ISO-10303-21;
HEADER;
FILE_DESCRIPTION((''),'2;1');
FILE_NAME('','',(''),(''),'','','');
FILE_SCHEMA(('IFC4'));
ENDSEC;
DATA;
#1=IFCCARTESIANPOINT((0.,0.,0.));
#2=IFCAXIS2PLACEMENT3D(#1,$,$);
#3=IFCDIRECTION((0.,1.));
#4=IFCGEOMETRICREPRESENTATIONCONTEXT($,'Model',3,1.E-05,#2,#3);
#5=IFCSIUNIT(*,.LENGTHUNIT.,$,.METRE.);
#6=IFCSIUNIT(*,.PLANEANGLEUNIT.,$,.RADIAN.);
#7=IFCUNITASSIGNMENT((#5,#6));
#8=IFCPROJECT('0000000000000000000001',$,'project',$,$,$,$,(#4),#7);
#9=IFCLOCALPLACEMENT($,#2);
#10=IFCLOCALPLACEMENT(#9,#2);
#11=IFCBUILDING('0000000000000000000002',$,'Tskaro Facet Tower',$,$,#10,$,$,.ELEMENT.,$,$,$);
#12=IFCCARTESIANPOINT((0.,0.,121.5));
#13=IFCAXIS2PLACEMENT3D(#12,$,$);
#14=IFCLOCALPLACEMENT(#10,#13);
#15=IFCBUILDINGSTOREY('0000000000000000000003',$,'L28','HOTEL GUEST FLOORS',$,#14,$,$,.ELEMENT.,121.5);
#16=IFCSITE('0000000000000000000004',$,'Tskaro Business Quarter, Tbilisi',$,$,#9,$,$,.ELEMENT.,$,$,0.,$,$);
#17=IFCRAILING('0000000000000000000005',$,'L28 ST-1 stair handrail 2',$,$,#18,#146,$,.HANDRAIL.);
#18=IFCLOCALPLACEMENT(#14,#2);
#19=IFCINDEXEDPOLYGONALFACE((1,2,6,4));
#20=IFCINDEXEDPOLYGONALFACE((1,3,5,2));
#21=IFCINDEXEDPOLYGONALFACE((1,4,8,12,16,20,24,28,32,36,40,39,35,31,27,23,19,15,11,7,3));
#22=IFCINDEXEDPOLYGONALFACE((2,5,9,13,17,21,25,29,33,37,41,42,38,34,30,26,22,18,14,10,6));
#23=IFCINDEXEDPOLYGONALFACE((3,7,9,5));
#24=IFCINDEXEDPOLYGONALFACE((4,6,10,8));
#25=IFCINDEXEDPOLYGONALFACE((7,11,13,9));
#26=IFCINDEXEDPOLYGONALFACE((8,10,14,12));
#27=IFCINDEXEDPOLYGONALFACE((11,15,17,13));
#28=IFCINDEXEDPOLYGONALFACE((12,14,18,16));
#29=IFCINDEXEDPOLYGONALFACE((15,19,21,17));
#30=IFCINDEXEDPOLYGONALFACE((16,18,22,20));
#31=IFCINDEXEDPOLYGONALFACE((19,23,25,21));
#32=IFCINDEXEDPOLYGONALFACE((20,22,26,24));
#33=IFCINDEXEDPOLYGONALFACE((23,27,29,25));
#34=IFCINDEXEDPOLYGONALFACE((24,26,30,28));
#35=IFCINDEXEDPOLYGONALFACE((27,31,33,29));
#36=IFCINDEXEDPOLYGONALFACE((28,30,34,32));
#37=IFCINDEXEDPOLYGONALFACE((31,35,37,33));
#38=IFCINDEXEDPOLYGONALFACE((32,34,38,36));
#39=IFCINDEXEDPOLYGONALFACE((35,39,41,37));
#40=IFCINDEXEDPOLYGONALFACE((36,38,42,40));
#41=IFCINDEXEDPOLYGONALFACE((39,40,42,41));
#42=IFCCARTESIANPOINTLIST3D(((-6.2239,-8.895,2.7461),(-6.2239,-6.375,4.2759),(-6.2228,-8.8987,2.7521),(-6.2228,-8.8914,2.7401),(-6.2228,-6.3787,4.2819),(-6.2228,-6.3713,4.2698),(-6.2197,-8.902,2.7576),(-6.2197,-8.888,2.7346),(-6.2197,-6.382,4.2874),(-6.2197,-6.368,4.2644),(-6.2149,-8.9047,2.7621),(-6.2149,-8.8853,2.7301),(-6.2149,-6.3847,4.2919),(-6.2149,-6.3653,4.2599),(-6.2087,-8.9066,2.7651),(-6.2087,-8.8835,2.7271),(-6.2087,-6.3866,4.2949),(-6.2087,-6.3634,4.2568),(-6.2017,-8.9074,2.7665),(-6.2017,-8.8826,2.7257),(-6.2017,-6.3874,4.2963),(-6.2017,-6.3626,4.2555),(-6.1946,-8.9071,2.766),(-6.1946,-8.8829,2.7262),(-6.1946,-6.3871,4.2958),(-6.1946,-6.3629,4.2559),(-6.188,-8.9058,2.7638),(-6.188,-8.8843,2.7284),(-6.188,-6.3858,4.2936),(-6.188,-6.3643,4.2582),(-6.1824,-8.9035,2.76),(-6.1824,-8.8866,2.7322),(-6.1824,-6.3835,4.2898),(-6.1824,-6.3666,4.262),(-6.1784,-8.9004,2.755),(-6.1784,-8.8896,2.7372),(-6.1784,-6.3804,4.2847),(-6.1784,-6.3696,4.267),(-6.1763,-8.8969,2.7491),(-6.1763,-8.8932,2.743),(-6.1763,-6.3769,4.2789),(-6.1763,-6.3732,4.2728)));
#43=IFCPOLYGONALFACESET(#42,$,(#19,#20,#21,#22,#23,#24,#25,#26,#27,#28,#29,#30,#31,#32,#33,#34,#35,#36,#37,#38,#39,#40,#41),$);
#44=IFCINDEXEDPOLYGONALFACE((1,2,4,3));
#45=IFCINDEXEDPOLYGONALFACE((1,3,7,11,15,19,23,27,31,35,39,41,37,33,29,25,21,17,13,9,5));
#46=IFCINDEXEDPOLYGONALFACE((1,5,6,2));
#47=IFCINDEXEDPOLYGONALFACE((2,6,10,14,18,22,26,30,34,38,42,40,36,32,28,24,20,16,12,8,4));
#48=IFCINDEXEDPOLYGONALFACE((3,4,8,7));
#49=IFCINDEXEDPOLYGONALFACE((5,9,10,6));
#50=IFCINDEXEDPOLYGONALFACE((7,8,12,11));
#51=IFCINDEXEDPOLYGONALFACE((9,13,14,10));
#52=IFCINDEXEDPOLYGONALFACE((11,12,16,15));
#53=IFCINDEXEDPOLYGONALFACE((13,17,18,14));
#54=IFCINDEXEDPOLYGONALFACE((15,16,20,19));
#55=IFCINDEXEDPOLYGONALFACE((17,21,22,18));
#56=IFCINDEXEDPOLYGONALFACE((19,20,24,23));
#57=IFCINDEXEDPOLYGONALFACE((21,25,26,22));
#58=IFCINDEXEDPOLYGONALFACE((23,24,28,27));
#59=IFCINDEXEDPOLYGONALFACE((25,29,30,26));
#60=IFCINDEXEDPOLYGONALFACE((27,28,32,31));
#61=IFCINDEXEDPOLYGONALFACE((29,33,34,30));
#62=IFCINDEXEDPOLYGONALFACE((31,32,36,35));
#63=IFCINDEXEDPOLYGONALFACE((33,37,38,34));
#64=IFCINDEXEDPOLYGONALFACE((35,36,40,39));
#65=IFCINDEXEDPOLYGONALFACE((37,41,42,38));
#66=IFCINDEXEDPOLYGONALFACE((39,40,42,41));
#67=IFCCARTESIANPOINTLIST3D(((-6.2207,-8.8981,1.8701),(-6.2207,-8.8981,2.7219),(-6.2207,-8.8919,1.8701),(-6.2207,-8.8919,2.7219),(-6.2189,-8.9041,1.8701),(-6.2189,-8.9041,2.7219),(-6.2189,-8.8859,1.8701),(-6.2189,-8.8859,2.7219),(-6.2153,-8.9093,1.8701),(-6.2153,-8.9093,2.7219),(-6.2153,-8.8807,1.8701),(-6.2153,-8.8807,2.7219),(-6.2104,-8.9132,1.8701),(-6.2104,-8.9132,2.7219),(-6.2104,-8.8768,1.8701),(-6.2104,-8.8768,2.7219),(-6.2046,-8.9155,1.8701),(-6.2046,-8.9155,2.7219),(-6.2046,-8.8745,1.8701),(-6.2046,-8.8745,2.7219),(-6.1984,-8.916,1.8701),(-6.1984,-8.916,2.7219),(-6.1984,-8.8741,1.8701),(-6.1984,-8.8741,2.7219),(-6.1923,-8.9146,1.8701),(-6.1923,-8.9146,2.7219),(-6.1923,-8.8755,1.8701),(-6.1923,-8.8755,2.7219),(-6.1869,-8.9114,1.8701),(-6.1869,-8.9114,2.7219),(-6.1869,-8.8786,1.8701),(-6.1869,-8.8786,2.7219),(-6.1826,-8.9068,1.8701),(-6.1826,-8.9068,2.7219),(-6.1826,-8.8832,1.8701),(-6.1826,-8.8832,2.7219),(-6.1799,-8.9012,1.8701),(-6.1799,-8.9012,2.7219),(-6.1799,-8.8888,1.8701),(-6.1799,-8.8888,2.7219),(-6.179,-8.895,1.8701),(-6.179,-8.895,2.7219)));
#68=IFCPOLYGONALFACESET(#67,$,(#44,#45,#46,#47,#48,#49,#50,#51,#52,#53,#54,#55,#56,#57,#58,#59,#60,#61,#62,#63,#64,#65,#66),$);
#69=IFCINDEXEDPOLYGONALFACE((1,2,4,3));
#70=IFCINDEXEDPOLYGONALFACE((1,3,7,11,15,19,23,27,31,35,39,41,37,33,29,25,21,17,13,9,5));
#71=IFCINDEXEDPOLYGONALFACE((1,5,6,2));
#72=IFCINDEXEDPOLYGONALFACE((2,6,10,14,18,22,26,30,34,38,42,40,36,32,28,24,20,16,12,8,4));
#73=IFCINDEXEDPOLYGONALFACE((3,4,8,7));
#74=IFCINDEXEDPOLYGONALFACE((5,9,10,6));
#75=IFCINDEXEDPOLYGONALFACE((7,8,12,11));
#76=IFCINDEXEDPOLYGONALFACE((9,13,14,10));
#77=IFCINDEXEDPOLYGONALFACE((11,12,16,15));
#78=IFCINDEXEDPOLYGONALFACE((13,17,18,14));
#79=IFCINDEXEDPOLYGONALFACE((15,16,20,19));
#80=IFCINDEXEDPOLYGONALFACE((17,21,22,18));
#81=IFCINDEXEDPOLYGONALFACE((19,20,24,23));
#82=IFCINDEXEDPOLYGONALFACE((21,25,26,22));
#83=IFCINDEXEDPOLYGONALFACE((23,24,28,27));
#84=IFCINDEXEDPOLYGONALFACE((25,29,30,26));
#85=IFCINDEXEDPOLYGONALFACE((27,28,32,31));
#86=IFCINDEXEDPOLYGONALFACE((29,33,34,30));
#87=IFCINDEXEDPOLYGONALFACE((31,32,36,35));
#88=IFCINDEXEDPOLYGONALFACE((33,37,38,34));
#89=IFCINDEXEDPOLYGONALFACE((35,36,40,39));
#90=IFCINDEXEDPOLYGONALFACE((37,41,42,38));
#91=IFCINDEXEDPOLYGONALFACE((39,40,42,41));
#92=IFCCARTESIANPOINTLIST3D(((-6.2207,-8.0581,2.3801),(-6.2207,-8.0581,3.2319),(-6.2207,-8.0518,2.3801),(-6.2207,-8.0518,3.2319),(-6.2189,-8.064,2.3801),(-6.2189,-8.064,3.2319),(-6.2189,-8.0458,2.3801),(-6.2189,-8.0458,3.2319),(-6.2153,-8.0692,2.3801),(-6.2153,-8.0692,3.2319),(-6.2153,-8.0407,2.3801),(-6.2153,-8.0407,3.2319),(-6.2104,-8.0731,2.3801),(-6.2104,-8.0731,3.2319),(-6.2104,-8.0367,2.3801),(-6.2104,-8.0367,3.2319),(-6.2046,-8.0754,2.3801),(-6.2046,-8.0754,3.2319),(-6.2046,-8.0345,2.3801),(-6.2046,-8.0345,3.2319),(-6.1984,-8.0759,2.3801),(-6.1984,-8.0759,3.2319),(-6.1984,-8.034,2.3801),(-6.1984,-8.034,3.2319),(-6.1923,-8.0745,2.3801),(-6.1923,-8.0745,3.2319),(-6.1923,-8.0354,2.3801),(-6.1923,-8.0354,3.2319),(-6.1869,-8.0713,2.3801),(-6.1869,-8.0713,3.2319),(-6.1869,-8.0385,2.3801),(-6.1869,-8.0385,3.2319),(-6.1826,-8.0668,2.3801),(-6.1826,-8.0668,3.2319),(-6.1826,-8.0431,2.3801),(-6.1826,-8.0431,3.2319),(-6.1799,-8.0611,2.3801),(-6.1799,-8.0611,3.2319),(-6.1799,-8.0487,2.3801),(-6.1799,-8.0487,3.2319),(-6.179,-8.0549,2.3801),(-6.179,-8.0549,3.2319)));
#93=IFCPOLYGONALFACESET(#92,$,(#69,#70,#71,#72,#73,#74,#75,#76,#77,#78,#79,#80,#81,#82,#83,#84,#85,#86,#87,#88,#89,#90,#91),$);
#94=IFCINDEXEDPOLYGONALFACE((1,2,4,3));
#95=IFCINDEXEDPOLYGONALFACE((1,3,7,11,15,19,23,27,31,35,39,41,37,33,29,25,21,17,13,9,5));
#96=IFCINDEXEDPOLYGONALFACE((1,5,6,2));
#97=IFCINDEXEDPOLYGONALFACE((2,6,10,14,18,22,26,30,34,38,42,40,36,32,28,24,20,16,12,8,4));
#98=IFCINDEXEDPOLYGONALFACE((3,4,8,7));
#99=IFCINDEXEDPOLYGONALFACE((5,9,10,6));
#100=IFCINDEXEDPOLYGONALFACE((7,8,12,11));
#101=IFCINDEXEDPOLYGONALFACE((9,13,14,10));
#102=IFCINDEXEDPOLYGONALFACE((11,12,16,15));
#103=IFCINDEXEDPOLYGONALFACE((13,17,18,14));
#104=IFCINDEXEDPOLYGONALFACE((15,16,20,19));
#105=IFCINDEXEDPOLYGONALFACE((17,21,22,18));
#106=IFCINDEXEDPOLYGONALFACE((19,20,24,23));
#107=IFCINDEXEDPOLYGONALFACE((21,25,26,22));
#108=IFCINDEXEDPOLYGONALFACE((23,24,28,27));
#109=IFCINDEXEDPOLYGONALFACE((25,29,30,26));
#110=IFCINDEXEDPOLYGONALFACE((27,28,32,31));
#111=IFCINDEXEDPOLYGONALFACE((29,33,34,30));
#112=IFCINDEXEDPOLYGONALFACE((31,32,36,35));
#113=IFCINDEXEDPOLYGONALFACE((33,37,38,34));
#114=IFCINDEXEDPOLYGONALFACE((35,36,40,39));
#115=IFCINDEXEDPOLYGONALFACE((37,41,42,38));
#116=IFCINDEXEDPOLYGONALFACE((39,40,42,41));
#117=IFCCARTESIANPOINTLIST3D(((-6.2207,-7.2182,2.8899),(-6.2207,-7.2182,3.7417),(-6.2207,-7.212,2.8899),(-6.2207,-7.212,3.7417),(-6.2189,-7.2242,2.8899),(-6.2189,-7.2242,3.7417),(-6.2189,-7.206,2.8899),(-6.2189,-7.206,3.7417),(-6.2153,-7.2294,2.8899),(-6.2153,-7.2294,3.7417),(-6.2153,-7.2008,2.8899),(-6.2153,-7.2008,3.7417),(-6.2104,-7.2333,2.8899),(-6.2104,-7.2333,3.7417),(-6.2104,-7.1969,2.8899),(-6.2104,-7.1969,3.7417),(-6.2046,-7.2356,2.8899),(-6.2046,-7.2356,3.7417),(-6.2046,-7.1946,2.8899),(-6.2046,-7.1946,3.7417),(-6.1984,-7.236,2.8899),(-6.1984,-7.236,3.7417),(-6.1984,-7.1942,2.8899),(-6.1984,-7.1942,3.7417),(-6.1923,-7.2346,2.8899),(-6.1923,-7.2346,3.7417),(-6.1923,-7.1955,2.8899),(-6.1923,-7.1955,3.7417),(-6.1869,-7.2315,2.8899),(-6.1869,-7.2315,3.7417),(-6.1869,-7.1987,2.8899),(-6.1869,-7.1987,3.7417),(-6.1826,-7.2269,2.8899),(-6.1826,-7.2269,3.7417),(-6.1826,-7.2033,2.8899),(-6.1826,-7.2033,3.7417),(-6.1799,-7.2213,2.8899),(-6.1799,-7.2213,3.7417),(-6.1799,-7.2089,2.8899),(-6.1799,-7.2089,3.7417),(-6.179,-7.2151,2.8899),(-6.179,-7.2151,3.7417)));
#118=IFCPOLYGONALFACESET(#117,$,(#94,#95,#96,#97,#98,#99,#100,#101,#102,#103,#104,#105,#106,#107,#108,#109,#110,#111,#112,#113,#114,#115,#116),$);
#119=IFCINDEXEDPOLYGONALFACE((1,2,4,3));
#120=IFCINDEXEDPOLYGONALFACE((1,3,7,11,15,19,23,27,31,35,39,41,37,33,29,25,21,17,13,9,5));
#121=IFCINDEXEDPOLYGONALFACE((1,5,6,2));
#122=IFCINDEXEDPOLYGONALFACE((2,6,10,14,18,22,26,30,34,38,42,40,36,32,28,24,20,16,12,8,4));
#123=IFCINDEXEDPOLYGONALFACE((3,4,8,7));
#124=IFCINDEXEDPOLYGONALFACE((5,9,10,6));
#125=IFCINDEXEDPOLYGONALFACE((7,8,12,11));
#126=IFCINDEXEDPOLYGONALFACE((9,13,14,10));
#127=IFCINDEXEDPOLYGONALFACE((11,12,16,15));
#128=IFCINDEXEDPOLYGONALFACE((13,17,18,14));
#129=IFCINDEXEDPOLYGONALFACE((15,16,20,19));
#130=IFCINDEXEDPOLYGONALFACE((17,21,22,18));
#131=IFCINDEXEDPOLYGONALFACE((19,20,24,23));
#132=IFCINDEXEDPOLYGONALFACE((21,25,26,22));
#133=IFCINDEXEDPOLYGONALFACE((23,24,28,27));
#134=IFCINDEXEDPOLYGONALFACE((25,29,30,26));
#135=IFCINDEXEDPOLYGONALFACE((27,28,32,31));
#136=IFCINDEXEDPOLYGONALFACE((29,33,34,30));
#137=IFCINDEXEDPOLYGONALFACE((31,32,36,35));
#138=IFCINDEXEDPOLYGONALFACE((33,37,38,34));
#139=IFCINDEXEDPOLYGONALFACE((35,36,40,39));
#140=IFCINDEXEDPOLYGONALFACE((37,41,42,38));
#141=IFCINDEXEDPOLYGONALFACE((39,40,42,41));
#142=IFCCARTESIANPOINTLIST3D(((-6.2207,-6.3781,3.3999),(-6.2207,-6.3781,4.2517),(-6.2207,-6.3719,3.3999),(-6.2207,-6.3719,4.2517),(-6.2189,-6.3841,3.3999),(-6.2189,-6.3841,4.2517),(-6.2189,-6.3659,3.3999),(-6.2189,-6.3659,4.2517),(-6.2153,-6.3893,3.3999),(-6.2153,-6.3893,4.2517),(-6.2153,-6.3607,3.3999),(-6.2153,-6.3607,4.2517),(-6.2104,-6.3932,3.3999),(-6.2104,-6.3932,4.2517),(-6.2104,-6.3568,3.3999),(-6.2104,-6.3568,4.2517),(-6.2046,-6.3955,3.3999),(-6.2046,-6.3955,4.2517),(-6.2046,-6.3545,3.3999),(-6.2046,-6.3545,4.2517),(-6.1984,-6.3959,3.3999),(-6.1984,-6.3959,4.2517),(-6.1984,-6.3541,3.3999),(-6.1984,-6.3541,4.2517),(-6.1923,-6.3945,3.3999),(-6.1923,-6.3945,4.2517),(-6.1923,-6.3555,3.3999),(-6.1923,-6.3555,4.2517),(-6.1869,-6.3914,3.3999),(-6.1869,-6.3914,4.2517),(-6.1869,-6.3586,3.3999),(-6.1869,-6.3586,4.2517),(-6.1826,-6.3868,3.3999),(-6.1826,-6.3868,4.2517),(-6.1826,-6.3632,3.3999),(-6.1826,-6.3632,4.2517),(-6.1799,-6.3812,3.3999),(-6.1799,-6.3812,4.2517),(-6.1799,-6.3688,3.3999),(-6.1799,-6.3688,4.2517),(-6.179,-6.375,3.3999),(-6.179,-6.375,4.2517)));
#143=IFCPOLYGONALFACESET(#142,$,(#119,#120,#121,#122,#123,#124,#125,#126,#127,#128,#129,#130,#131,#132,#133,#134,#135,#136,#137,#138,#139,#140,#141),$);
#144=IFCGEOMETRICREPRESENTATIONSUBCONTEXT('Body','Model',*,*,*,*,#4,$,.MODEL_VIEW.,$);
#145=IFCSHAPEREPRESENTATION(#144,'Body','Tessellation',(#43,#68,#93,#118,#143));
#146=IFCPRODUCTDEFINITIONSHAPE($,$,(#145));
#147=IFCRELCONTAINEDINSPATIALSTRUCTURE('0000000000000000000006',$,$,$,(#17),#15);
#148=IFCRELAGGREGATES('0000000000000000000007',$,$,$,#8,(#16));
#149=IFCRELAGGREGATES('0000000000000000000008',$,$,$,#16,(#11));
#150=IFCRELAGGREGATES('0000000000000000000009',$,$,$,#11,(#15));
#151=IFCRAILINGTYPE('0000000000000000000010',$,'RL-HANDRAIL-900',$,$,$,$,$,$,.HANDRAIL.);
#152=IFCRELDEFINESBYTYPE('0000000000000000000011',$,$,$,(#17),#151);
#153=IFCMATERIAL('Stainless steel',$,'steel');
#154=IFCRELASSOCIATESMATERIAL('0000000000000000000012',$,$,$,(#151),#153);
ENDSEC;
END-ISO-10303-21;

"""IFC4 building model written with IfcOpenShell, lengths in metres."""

from ifc_helpers import new_model, si_unit, direction, frame, origin, origin_2d, place, context, subcontext, project, spatial, circle, extrude, material, type_object, element, save


model = new_model("IFC4")

# Units and contexts
model_context = context("Model", 3, precision=1e-05, world=origin(), true_north=direction((0.0, 1.0)))
body_context = subcontext(model_context, "Body", "Model", "MODEL_VIEW")
ifc_project = project(units=[si_unit("LENGTHUNIT", "METRE"), si_unit("PLANEANGLEUNIT", "RADIAN")], contexts=[model_context])

# Site, building, storey
site_placement = place(None, origin())
site = spatial("IfcSite", under=ifc_project, at=site_placement, Name="Tskaro Business Quarter, Tbilisi", CompositionType="ELEMENT", RefElevation=0.0)
building_placement = place(site_placement, origin())
building = spatial("IfcBuilding", under=site, at=building_placement, Name="Tskaro Facet Tower", CompositionType="ELEMENT")
storey_placement = place(building_placement, frame((0.0, 0.0, 121.5)))
storey = spatial("IfcBuildingStorey", under=building, at=storey_placement, Name="L28", Description="HOTEL GUEST FLOORS", CompositionType="ELEMENT", Elevation=121.5)

# Shared definitions
ifc_material_1 = material(Name="Stainless steel", Category="steel")

# Railing
railing_type_1 = type_object("IfcRailingType", Name="RL-HANDRAIL-900", PredefinedType="HANDRAIL", material=ifc_material_1)
railing_1_placement = place(storey_placement, frame((-6.2, -8.895, 1.8701)))
element("IfcRailing", 1, at=railing_1_placement, inside=storey, type_object=railing_type_1, Name="L28 ST-1 stair handrail 2", PredefinedType="HANDRAIL", context=body_context, shape_type="SweptSolid", body=[
    extrude(circle(Radius=0.0239, at=origin_2d()), frame((0.0, 0.0, 0.876), z_axis=(0.0, 0.854822, 0.518922), x_axis=(-1.0, 0.0, 0.0)), (0.0, 0.0, 1.0), 2.948),
    extrude(circle(Radius=0.021, at=origin_2d()), origin(), (0.0, 0.0, 1.0), 0.8518),
    extrude(circle(Radius=0.021, at=origin_2d()), frame((0.0, 0.8401, 0.51)), (0.0, 0.0, 1.0), 0.8518),
    extrude(circle(Radius=0.021, at=origin_2d()), frame((0.0, 1.6799, 1.0198)), (0.0, 0.0, 1.0), 0.8518),
    extrude(circle(Radius=0.021, at=origin_2d()), frame((0.0, 2.52, 1.5298)), (0.0, 0.0, 1.0), 0.8518),
])

save(model, "model.ifc")
